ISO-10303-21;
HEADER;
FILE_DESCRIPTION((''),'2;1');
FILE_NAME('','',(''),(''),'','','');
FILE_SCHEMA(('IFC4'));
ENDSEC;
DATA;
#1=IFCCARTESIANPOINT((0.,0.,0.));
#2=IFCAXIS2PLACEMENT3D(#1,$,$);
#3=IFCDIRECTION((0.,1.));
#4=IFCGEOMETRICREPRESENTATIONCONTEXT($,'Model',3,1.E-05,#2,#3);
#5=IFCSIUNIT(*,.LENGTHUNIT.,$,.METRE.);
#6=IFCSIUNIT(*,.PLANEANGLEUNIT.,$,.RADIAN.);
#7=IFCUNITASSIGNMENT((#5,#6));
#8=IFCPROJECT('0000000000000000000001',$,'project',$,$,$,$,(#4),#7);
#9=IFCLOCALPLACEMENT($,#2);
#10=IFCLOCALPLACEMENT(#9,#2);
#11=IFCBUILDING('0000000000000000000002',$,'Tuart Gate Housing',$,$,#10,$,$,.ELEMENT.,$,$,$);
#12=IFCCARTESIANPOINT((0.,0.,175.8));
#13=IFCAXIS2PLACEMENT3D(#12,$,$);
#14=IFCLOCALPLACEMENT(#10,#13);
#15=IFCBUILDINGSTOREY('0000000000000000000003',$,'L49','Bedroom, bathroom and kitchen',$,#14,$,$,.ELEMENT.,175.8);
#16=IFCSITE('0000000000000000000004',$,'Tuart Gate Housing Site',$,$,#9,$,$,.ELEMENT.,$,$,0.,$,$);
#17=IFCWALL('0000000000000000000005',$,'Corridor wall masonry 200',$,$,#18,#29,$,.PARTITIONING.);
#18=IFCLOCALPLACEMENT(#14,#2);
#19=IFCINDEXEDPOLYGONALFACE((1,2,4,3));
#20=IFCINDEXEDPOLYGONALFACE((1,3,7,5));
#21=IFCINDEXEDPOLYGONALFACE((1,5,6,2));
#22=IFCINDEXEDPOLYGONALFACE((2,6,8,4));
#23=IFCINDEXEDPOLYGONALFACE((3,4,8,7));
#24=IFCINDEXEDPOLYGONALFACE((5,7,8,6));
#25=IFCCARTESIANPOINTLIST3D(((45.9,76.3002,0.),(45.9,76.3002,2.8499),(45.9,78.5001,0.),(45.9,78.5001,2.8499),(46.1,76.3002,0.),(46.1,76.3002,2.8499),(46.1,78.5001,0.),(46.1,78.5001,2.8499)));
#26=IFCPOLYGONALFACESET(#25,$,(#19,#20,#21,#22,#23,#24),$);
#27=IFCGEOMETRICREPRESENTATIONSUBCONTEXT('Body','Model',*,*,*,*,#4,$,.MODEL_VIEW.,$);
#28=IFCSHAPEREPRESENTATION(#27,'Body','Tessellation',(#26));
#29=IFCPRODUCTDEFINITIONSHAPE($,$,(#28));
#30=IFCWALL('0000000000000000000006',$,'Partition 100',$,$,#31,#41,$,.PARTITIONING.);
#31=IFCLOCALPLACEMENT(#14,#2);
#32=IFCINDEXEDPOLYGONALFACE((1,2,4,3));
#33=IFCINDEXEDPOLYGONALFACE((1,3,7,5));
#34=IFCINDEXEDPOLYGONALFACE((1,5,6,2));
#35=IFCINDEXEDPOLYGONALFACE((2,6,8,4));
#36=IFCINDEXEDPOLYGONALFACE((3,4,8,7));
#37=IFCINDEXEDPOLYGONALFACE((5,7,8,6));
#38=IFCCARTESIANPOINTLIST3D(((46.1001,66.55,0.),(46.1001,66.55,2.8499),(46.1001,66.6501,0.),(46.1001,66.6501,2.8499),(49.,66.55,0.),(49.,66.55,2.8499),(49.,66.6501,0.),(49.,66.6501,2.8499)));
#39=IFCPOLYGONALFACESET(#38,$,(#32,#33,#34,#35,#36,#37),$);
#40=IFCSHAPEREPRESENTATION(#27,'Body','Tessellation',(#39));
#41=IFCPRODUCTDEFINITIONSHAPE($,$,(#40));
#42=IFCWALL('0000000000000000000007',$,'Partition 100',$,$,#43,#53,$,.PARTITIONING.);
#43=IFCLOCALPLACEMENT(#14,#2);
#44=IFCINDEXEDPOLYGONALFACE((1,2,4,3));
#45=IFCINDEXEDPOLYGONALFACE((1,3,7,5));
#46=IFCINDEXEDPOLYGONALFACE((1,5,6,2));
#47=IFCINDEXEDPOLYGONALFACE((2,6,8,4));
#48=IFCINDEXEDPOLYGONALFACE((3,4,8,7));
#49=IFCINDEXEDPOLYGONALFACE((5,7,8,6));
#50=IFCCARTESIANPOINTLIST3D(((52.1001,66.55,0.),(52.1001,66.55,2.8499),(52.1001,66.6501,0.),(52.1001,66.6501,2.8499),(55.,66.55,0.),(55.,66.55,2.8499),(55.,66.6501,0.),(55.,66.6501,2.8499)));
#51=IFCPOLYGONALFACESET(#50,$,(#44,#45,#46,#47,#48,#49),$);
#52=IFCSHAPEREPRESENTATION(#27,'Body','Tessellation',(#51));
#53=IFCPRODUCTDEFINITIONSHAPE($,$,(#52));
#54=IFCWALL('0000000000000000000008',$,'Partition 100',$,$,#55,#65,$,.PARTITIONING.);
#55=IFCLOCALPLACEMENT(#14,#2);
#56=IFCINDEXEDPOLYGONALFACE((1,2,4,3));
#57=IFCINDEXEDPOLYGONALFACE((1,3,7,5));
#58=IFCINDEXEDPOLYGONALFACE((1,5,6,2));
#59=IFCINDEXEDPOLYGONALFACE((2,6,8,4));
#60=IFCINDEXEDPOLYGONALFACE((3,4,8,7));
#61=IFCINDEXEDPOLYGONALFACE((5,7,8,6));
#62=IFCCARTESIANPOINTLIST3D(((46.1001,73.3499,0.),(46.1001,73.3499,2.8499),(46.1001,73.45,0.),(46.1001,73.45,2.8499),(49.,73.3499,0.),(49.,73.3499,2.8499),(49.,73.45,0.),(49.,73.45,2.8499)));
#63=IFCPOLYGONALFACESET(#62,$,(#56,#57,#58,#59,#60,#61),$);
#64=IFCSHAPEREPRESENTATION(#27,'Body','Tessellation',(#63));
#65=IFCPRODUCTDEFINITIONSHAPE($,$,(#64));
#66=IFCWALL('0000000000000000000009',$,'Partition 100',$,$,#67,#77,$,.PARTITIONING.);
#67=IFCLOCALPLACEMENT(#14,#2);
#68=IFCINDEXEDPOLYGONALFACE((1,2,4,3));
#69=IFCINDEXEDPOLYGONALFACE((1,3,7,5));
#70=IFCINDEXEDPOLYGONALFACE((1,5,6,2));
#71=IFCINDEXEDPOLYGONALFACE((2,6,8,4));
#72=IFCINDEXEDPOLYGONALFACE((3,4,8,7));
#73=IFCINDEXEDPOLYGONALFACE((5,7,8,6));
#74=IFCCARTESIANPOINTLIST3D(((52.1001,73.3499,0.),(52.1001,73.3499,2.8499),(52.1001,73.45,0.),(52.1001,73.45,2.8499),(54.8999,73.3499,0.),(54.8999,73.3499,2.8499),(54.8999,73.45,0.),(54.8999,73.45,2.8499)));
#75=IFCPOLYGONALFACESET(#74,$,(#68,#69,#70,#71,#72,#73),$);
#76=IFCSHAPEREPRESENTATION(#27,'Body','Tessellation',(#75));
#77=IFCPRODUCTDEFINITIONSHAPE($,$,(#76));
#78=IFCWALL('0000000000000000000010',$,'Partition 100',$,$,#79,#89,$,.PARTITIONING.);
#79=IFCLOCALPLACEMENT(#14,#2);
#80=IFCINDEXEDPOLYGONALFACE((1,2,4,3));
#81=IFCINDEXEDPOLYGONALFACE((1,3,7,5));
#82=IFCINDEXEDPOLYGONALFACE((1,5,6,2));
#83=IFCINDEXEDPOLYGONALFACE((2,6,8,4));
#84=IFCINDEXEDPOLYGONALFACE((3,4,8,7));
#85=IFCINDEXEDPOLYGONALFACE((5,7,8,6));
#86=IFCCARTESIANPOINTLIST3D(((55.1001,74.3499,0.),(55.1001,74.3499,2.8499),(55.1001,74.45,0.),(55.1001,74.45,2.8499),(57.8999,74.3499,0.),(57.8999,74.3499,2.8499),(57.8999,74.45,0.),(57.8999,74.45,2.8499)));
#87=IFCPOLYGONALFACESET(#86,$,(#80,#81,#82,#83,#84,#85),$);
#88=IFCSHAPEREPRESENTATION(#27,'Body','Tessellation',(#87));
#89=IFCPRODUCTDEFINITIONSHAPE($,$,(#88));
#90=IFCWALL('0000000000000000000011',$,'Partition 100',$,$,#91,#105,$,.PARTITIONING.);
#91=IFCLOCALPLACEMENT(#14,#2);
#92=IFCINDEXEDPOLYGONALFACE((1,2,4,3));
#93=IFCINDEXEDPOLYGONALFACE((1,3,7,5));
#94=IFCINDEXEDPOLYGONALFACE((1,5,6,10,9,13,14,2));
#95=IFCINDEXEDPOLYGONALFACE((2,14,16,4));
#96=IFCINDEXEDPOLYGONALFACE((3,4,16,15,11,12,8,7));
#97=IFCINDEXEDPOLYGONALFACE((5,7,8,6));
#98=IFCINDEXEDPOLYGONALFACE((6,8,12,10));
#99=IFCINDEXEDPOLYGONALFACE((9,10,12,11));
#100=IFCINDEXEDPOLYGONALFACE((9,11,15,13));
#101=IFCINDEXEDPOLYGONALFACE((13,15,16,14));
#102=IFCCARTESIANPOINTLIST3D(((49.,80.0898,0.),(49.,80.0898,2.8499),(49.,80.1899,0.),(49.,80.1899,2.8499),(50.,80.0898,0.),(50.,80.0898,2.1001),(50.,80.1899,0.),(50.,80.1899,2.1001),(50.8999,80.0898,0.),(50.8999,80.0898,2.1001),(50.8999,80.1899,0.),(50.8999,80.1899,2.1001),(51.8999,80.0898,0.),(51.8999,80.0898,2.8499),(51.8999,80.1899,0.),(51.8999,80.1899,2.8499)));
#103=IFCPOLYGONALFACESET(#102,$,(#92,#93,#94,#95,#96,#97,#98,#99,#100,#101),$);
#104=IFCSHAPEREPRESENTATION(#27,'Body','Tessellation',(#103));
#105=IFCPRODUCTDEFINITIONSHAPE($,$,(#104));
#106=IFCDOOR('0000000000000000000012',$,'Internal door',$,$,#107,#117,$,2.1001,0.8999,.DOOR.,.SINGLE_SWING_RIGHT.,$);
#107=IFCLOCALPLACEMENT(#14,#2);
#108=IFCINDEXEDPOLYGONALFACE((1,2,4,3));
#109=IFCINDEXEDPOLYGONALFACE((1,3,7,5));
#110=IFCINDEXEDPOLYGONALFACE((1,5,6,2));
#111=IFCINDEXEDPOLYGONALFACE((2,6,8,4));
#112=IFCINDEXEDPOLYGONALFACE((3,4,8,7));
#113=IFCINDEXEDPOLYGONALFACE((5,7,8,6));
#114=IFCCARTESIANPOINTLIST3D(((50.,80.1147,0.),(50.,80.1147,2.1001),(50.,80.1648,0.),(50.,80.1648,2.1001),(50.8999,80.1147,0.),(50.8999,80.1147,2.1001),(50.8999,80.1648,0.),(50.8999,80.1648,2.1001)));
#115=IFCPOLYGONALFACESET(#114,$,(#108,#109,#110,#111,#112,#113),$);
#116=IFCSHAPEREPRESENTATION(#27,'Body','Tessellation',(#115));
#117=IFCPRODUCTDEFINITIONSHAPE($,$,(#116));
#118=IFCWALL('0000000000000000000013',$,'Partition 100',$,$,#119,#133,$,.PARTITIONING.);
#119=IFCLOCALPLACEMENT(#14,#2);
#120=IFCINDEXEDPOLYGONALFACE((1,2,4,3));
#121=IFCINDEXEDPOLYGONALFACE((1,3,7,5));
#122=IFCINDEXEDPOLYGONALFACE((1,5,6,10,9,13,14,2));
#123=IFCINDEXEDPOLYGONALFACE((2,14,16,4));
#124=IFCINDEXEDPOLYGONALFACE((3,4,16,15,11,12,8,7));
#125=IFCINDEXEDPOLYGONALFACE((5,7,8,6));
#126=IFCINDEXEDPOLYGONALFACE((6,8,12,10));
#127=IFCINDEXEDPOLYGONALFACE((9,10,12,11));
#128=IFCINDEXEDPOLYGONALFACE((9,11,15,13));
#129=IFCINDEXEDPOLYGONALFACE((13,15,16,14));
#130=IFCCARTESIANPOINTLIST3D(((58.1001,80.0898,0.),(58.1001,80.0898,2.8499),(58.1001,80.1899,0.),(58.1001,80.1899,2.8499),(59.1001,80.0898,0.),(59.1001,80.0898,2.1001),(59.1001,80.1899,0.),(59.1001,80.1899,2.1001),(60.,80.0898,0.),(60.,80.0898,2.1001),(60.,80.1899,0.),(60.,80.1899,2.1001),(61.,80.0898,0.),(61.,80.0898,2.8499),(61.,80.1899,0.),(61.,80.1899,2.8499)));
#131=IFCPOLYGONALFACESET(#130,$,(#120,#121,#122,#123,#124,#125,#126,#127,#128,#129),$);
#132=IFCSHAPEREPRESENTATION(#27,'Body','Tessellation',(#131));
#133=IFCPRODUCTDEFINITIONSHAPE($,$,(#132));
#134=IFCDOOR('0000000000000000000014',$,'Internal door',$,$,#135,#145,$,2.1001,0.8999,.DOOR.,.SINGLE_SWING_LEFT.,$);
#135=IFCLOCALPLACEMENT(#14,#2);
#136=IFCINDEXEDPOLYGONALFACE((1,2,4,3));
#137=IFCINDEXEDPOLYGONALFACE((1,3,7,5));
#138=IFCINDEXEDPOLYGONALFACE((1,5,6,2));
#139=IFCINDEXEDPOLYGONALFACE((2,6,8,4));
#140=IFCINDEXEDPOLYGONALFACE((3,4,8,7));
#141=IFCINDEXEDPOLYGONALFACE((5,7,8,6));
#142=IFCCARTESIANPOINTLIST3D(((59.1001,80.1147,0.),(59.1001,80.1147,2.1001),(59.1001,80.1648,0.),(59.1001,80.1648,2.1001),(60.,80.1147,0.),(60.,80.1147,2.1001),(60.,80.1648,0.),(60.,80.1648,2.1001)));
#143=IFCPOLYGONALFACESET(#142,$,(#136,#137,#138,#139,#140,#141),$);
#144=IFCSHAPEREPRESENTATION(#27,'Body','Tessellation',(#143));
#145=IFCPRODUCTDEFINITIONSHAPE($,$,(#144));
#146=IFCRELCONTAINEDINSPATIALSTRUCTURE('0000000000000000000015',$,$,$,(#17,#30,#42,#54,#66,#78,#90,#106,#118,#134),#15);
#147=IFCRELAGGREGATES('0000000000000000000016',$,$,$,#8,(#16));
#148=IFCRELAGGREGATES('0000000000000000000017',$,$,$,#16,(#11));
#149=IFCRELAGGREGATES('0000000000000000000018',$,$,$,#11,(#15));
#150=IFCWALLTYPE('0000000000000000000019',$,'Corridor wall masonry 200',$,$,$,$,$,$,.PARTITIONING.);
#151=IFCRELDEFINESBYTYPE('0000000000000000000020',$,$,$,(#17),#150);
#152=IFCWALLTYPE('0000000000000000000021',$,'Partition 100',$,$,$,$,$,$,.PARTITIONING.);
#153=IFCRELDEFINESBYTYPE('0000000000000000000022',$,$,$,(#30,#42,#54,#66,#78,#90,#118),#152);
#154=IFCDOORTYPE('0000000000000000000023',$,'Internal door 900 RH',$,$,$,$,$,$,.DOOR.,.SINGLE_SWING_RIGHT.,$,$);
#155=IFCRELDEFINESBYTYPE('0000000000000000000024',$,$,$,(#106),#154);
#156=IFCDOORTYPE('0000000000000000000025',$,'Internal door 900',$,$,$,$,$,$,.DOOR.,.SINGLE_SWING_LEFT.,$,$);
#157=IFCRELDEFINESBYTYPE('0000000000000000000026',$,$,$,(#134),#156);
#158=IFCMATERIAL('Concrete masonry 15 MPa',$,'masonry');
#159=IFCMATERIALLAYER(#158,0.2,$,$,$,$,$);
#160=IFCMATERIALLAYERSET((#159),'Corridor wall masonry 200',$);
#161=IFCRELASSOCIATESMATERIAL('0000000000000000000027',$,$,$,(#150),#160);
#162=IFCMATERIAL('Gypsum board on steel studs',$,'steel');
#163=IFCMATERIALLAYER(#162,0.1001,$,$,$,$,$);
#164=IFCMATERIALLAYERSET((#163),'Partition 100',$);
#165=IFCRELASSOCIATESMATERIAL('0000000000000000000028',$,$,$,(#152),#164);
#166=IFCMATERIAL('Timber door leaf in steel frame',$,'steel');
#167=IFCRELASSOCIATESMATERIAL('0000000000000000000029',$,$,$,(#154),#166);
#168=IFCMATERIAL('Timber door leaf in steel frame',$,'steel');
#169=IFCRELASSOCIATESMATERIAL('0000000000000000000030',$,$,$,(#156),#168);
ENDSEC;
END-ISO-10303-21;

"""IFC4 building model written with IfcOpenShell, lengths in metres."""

from ifc_helpers import new_model, si_unit, direction, frame, frame_2d, origin, place, context, subcontext, project, spatial, rectangle, extrude, material, layer, layer_set, type_object, element, fill, save


model = new_model("IFC4")

# Units and contexts
model_context = context("Model", 3, precision=1e-05, world=origin(), true_north=direction((0.0, 1.0)))
body_context = subcontext(model_context, "Body", "Model", "MODEL_VIEW")
ifc_project = project(units=[si_unit("LENGTHUNIT", "METRE"), si_unit("PLANEANGLEUNIT", "RADIAN")], contexts=[model_context])

# Site, building, storey
site_placement = place(None, origin())
site = spatial("IfcSite", under=ifc_project, at=site_placement, Name="Tuart Gate Housing Site", CompositionType="ELEMENT", RefElevation=0.0)
building_placement = place(site_placement, origin())
building = spatial("IfcBuilding", under=site, at=building_placement, Name="Tuart Gate Housing", CompositionType="ELEMENT")
storey_placement = place(building_placement, frame((0.0, 0.0, 175.8)))
storey = spatial("IfcBuildingStorey", under=building, at=storey_placement, Name="L49", Description="Bedroom, bathroom and kitchen", CompositionType="ELEMENT", Elevation=175.8)

# Walls
ifc_material_1 = material(Name="Concrete masonry 15 MPa", Category="masonry")
ifc_layer_1 = layer(ifc_material_1, 0.2)
ifc_layer_set_1 = layer_set([ifc_layer_1], Name="Corridor wall masonry 200")
wall_type_1 = type_object("IfcWallType", Name="Corridor wall masonry 200", PredefinedType="PARTITIONING", material=ifc_layer_set_1)
wall_1_placement = place(storey_placement, frame((46.0, 76.3, 0.0), z_axis=(0.0, 0.0, 1.0), x_axis=(0.0, 1.0, 0.0)))
element("IfcWall", 1, at=wall_1_placement, inside=storey, type_object=wall_type_1, Name="Corridor wall masonry 200", PredefinedType="PARTITIONING", context=body_context, shape_type="SweptSolid", body=[
    extrude(rectangle(XDim=2.2, YDim=0.2, at=frame_2d((1.1001, 0.0))), origin(), (0.0, 0.0, 1.0), 2.8499),
])
ifc_material_2 = material(Name="Gypsum board on steel studs", Category="steel")
ifc_layer_2 = layer(ifc_material_2, 0.1001)
ifc_layer_set_2 = layer_set([ifc_layer_2], Name="Partition 100")
wall_type_2 = type_object("IfcWallType", Name="Partition 100", PredefinedType="PARTITIONING", material=ifc_layer_set_2)
for number, where, z_axis, x_axis, name in (
    (2, (46.1001, 66.6001, 0.0), (0.0, 0.0, 1.0), (1.0, 0.0, 0.0), "Partition 100"),
    (3, (52.1001, 66.6001, 0.0), (0.0, 0.0, 1.0), (1.0, 0.0, 0.0), "Partition 100"),
    (4, (46.1001, 73.3999, 0.0), (0.0, 0.0, 1.0), (1.0, 0.0, 0.0), "Partition 100"),
):
    element("IfcWall", number, at=place(storey_placement, frame(where, z_axis=z_axis, x_axis=x_axis)), inside=storey, type_object=wall_type_2, Name=name, PredefinedType="PARTITIONING", context=body_context, shape_type="SweptSolid", body=[
        extrude(rectangle(XDim=2.8999, YDim=0.1001, at=frame_2d((1.45, 0.0))), origin(), (0.0, 0.0, 1.0), 2.8499),
    ])
for number, where, z_axis, x_axis, name in (
    (5, (52.1001, 73.3999, 0.0), (0.0, 0.0, 1.0), (1.0, 0.0, 0.0), "Partition 100"),
    (6, (55.1001, 74.3999, 0.0), (0.0, 0.0, 1.0), (1.0, 0.0, 0.0), "Partition 100"),
):
    element("IfcWall", number, at=place(storey_placement, frame(where, z_axis=z_axis, x_axis=x_axis)), inside=storey, type_object=wall_type_2, Name=name, PredefinedType="PARTITIONING", context=body_context, shape_type="SweptSolid", body=[
        extrude(rectangle(XDim=2.7998, YDim=0.1001, at=frame_2d((1.3999, 0.0))), origin(), (0.0, 0.0, 1.0), 2.8499),
    ])

# Walls, openings, doors
wall_2_placement = place(storey_placement, frame((49.0, 80.1399, 0.0), z_axis=(0.0, 0.0, 1.0), x_axis=(1.0, 0.0, 0.0)))
wall_2 = element("IfcWall", 7, at=wall_2_placement, inside=storey, type_object=wall_type_2, Name="Partition 100", PredefinedType="PARTITIONING", context=body_context, shape_type="SweptSolid", body=[
    extrude(rectangle(XDim=2.8999, YDim=0.1001, at=frame_2d((1.45, 0.0))), origin(), (0.0, 0.0, 1.0), 2.8499),
])
opening_1_placement = place(wall_2_placement, frame((1.0, 0.0, 0.0)))
opening_1 = element("IfcOpeningElement", 8, at=opening_1_placement, cuts=wall_2, PredefinedType="OPENING", context=body_context, shape_type="SweptSolid", body=[
    extrude(rectangle(XDim=0.8999, YDim=2.1001, at=frame_2d((0.45, 1.05))), frame((0.0, 0.0601, 0.0), z_axis=(0.0, -1.0, 0.0), x_axis=(1.0, 0.0, 0.0)), (0.0, 0.0, 1.0), 0.1201),
])
ifc_material_3 = material(Name="Timber door leaf in steel frame", Category="steel")
door_type_1 = type_object("IfcDoorType", Name="Internal door 900 RH", OperationType="SINGLE_SWING_RIGHT", PredefinedType="DOOR", material=ifc_material_3)
door_1_placement = place(opening_1_placement, frame((0.8999, 0.0, 0.0), z_axis=(0.0, 0.0, 1.0), x_axis=(-1.0, 0.0, 0.0)))
door_1 = element("IfcDoor", 9, at=door_1_placement, inside=storey, type_object=door_type_1, Name="Internal door", OperationType="SINGLE_SWING_RIGHT", OverallHeight=2.1001, OverallWidth=0.8999, PredefinedType="DOOR", context=body_context, shape_type="SweptSolid", body=[
    extrude(rectangle(XDim=0.8999, YDim=2.1001, at=frame_2d((0.45, 1.05))), frame((0.0, 0.0251, 0.0), z_axis=(0.0, -1.0, 0.0), x_axis=(1.0, 0.0, 0.0)), (0.0, 0.0, 1.0), 0.05),
])
fill(opening_1, door_1)
wall_3_placement = place(storey_placement, frame((58.1001, 80.1399, 0.0), z_axis=(0.0, 0.0, 1.0), x_axis=(1.0, 0.0, 0.0)))
wall_3 = element("IfcWall", 10, at=wall_3_placement, inside=storey, type_object=wall_type_2, Name="Partition 100", PredefinedType="PARTITIONING", context=body_context, shape_type="SweptSolid", body=[
    extrude(rectangle(XDim=2.8999, YDim=0.1001, at=frame_2d((1.45, 0.0))), origin(), (0.0, 0.0, 1.0), 2.8499),
])
opening_2_placement = place(wall_3_placement, frame((1.0, 0.0, 0.0)))
opening_2 = element("IfcOpeningElement", 11, at=opening_2_placement, cuts=wall_3, PredefinedType="OPENING", context=body_context, shape_type="SweptSolid", body=[
    extrude(rectangle(XDim=0.8999, YDim=2.1001, at=frame_2d((0.45, 1.05))), frame((0.0, 0.0601, 0.0), z_axis=(0.0, -1.0, 0.0), x_axis=(1.0, 0.0, 0.0)), (0.0, 0.0, 1.0), 0.1201),
])
ifc_material_4 = material(Name="Timber door leaf in steel frame", Category="steel")
door_type_2 = type_object("IfcDoorType", Name="Internal door 900", OperationType="SINGLE_SWING_LEFT", PredefinedType="DOOR", material=ifc_material_4)
door_2_placement = place(opening_2_placement, frame((0.8999, 0.0, 0.0), z_axis=(0.0, 0.0, 1.0), x_axis=(-1.0, 0.0, 0.0)))
door_2 = element("IfcDoor", 12, at=door_2_placement, inside=storey, type_object=door_type_2, Name="Internal door", OperationType="SINGLE_SWING_LEFT", OverallHeight=2.1001, OverallWidth=0.8999, PredefinedType="DOOR", context=body_context, shape_type="SweptSolid", body=[
    extrude(rectangle(XDim=0.8999, YDim=2.1001, at=frame_2d((0.45, 1.05))), frame((0.0, 0.0251, 0.0), z_axis=(0.0, -1.0, 0.0), x_axis=(1.0, 0.0, 0.0)), (0.0, 0.0, 1.0), 0.05),
])
fill(opening_2, door_2)

save(model, "model.ifc")
